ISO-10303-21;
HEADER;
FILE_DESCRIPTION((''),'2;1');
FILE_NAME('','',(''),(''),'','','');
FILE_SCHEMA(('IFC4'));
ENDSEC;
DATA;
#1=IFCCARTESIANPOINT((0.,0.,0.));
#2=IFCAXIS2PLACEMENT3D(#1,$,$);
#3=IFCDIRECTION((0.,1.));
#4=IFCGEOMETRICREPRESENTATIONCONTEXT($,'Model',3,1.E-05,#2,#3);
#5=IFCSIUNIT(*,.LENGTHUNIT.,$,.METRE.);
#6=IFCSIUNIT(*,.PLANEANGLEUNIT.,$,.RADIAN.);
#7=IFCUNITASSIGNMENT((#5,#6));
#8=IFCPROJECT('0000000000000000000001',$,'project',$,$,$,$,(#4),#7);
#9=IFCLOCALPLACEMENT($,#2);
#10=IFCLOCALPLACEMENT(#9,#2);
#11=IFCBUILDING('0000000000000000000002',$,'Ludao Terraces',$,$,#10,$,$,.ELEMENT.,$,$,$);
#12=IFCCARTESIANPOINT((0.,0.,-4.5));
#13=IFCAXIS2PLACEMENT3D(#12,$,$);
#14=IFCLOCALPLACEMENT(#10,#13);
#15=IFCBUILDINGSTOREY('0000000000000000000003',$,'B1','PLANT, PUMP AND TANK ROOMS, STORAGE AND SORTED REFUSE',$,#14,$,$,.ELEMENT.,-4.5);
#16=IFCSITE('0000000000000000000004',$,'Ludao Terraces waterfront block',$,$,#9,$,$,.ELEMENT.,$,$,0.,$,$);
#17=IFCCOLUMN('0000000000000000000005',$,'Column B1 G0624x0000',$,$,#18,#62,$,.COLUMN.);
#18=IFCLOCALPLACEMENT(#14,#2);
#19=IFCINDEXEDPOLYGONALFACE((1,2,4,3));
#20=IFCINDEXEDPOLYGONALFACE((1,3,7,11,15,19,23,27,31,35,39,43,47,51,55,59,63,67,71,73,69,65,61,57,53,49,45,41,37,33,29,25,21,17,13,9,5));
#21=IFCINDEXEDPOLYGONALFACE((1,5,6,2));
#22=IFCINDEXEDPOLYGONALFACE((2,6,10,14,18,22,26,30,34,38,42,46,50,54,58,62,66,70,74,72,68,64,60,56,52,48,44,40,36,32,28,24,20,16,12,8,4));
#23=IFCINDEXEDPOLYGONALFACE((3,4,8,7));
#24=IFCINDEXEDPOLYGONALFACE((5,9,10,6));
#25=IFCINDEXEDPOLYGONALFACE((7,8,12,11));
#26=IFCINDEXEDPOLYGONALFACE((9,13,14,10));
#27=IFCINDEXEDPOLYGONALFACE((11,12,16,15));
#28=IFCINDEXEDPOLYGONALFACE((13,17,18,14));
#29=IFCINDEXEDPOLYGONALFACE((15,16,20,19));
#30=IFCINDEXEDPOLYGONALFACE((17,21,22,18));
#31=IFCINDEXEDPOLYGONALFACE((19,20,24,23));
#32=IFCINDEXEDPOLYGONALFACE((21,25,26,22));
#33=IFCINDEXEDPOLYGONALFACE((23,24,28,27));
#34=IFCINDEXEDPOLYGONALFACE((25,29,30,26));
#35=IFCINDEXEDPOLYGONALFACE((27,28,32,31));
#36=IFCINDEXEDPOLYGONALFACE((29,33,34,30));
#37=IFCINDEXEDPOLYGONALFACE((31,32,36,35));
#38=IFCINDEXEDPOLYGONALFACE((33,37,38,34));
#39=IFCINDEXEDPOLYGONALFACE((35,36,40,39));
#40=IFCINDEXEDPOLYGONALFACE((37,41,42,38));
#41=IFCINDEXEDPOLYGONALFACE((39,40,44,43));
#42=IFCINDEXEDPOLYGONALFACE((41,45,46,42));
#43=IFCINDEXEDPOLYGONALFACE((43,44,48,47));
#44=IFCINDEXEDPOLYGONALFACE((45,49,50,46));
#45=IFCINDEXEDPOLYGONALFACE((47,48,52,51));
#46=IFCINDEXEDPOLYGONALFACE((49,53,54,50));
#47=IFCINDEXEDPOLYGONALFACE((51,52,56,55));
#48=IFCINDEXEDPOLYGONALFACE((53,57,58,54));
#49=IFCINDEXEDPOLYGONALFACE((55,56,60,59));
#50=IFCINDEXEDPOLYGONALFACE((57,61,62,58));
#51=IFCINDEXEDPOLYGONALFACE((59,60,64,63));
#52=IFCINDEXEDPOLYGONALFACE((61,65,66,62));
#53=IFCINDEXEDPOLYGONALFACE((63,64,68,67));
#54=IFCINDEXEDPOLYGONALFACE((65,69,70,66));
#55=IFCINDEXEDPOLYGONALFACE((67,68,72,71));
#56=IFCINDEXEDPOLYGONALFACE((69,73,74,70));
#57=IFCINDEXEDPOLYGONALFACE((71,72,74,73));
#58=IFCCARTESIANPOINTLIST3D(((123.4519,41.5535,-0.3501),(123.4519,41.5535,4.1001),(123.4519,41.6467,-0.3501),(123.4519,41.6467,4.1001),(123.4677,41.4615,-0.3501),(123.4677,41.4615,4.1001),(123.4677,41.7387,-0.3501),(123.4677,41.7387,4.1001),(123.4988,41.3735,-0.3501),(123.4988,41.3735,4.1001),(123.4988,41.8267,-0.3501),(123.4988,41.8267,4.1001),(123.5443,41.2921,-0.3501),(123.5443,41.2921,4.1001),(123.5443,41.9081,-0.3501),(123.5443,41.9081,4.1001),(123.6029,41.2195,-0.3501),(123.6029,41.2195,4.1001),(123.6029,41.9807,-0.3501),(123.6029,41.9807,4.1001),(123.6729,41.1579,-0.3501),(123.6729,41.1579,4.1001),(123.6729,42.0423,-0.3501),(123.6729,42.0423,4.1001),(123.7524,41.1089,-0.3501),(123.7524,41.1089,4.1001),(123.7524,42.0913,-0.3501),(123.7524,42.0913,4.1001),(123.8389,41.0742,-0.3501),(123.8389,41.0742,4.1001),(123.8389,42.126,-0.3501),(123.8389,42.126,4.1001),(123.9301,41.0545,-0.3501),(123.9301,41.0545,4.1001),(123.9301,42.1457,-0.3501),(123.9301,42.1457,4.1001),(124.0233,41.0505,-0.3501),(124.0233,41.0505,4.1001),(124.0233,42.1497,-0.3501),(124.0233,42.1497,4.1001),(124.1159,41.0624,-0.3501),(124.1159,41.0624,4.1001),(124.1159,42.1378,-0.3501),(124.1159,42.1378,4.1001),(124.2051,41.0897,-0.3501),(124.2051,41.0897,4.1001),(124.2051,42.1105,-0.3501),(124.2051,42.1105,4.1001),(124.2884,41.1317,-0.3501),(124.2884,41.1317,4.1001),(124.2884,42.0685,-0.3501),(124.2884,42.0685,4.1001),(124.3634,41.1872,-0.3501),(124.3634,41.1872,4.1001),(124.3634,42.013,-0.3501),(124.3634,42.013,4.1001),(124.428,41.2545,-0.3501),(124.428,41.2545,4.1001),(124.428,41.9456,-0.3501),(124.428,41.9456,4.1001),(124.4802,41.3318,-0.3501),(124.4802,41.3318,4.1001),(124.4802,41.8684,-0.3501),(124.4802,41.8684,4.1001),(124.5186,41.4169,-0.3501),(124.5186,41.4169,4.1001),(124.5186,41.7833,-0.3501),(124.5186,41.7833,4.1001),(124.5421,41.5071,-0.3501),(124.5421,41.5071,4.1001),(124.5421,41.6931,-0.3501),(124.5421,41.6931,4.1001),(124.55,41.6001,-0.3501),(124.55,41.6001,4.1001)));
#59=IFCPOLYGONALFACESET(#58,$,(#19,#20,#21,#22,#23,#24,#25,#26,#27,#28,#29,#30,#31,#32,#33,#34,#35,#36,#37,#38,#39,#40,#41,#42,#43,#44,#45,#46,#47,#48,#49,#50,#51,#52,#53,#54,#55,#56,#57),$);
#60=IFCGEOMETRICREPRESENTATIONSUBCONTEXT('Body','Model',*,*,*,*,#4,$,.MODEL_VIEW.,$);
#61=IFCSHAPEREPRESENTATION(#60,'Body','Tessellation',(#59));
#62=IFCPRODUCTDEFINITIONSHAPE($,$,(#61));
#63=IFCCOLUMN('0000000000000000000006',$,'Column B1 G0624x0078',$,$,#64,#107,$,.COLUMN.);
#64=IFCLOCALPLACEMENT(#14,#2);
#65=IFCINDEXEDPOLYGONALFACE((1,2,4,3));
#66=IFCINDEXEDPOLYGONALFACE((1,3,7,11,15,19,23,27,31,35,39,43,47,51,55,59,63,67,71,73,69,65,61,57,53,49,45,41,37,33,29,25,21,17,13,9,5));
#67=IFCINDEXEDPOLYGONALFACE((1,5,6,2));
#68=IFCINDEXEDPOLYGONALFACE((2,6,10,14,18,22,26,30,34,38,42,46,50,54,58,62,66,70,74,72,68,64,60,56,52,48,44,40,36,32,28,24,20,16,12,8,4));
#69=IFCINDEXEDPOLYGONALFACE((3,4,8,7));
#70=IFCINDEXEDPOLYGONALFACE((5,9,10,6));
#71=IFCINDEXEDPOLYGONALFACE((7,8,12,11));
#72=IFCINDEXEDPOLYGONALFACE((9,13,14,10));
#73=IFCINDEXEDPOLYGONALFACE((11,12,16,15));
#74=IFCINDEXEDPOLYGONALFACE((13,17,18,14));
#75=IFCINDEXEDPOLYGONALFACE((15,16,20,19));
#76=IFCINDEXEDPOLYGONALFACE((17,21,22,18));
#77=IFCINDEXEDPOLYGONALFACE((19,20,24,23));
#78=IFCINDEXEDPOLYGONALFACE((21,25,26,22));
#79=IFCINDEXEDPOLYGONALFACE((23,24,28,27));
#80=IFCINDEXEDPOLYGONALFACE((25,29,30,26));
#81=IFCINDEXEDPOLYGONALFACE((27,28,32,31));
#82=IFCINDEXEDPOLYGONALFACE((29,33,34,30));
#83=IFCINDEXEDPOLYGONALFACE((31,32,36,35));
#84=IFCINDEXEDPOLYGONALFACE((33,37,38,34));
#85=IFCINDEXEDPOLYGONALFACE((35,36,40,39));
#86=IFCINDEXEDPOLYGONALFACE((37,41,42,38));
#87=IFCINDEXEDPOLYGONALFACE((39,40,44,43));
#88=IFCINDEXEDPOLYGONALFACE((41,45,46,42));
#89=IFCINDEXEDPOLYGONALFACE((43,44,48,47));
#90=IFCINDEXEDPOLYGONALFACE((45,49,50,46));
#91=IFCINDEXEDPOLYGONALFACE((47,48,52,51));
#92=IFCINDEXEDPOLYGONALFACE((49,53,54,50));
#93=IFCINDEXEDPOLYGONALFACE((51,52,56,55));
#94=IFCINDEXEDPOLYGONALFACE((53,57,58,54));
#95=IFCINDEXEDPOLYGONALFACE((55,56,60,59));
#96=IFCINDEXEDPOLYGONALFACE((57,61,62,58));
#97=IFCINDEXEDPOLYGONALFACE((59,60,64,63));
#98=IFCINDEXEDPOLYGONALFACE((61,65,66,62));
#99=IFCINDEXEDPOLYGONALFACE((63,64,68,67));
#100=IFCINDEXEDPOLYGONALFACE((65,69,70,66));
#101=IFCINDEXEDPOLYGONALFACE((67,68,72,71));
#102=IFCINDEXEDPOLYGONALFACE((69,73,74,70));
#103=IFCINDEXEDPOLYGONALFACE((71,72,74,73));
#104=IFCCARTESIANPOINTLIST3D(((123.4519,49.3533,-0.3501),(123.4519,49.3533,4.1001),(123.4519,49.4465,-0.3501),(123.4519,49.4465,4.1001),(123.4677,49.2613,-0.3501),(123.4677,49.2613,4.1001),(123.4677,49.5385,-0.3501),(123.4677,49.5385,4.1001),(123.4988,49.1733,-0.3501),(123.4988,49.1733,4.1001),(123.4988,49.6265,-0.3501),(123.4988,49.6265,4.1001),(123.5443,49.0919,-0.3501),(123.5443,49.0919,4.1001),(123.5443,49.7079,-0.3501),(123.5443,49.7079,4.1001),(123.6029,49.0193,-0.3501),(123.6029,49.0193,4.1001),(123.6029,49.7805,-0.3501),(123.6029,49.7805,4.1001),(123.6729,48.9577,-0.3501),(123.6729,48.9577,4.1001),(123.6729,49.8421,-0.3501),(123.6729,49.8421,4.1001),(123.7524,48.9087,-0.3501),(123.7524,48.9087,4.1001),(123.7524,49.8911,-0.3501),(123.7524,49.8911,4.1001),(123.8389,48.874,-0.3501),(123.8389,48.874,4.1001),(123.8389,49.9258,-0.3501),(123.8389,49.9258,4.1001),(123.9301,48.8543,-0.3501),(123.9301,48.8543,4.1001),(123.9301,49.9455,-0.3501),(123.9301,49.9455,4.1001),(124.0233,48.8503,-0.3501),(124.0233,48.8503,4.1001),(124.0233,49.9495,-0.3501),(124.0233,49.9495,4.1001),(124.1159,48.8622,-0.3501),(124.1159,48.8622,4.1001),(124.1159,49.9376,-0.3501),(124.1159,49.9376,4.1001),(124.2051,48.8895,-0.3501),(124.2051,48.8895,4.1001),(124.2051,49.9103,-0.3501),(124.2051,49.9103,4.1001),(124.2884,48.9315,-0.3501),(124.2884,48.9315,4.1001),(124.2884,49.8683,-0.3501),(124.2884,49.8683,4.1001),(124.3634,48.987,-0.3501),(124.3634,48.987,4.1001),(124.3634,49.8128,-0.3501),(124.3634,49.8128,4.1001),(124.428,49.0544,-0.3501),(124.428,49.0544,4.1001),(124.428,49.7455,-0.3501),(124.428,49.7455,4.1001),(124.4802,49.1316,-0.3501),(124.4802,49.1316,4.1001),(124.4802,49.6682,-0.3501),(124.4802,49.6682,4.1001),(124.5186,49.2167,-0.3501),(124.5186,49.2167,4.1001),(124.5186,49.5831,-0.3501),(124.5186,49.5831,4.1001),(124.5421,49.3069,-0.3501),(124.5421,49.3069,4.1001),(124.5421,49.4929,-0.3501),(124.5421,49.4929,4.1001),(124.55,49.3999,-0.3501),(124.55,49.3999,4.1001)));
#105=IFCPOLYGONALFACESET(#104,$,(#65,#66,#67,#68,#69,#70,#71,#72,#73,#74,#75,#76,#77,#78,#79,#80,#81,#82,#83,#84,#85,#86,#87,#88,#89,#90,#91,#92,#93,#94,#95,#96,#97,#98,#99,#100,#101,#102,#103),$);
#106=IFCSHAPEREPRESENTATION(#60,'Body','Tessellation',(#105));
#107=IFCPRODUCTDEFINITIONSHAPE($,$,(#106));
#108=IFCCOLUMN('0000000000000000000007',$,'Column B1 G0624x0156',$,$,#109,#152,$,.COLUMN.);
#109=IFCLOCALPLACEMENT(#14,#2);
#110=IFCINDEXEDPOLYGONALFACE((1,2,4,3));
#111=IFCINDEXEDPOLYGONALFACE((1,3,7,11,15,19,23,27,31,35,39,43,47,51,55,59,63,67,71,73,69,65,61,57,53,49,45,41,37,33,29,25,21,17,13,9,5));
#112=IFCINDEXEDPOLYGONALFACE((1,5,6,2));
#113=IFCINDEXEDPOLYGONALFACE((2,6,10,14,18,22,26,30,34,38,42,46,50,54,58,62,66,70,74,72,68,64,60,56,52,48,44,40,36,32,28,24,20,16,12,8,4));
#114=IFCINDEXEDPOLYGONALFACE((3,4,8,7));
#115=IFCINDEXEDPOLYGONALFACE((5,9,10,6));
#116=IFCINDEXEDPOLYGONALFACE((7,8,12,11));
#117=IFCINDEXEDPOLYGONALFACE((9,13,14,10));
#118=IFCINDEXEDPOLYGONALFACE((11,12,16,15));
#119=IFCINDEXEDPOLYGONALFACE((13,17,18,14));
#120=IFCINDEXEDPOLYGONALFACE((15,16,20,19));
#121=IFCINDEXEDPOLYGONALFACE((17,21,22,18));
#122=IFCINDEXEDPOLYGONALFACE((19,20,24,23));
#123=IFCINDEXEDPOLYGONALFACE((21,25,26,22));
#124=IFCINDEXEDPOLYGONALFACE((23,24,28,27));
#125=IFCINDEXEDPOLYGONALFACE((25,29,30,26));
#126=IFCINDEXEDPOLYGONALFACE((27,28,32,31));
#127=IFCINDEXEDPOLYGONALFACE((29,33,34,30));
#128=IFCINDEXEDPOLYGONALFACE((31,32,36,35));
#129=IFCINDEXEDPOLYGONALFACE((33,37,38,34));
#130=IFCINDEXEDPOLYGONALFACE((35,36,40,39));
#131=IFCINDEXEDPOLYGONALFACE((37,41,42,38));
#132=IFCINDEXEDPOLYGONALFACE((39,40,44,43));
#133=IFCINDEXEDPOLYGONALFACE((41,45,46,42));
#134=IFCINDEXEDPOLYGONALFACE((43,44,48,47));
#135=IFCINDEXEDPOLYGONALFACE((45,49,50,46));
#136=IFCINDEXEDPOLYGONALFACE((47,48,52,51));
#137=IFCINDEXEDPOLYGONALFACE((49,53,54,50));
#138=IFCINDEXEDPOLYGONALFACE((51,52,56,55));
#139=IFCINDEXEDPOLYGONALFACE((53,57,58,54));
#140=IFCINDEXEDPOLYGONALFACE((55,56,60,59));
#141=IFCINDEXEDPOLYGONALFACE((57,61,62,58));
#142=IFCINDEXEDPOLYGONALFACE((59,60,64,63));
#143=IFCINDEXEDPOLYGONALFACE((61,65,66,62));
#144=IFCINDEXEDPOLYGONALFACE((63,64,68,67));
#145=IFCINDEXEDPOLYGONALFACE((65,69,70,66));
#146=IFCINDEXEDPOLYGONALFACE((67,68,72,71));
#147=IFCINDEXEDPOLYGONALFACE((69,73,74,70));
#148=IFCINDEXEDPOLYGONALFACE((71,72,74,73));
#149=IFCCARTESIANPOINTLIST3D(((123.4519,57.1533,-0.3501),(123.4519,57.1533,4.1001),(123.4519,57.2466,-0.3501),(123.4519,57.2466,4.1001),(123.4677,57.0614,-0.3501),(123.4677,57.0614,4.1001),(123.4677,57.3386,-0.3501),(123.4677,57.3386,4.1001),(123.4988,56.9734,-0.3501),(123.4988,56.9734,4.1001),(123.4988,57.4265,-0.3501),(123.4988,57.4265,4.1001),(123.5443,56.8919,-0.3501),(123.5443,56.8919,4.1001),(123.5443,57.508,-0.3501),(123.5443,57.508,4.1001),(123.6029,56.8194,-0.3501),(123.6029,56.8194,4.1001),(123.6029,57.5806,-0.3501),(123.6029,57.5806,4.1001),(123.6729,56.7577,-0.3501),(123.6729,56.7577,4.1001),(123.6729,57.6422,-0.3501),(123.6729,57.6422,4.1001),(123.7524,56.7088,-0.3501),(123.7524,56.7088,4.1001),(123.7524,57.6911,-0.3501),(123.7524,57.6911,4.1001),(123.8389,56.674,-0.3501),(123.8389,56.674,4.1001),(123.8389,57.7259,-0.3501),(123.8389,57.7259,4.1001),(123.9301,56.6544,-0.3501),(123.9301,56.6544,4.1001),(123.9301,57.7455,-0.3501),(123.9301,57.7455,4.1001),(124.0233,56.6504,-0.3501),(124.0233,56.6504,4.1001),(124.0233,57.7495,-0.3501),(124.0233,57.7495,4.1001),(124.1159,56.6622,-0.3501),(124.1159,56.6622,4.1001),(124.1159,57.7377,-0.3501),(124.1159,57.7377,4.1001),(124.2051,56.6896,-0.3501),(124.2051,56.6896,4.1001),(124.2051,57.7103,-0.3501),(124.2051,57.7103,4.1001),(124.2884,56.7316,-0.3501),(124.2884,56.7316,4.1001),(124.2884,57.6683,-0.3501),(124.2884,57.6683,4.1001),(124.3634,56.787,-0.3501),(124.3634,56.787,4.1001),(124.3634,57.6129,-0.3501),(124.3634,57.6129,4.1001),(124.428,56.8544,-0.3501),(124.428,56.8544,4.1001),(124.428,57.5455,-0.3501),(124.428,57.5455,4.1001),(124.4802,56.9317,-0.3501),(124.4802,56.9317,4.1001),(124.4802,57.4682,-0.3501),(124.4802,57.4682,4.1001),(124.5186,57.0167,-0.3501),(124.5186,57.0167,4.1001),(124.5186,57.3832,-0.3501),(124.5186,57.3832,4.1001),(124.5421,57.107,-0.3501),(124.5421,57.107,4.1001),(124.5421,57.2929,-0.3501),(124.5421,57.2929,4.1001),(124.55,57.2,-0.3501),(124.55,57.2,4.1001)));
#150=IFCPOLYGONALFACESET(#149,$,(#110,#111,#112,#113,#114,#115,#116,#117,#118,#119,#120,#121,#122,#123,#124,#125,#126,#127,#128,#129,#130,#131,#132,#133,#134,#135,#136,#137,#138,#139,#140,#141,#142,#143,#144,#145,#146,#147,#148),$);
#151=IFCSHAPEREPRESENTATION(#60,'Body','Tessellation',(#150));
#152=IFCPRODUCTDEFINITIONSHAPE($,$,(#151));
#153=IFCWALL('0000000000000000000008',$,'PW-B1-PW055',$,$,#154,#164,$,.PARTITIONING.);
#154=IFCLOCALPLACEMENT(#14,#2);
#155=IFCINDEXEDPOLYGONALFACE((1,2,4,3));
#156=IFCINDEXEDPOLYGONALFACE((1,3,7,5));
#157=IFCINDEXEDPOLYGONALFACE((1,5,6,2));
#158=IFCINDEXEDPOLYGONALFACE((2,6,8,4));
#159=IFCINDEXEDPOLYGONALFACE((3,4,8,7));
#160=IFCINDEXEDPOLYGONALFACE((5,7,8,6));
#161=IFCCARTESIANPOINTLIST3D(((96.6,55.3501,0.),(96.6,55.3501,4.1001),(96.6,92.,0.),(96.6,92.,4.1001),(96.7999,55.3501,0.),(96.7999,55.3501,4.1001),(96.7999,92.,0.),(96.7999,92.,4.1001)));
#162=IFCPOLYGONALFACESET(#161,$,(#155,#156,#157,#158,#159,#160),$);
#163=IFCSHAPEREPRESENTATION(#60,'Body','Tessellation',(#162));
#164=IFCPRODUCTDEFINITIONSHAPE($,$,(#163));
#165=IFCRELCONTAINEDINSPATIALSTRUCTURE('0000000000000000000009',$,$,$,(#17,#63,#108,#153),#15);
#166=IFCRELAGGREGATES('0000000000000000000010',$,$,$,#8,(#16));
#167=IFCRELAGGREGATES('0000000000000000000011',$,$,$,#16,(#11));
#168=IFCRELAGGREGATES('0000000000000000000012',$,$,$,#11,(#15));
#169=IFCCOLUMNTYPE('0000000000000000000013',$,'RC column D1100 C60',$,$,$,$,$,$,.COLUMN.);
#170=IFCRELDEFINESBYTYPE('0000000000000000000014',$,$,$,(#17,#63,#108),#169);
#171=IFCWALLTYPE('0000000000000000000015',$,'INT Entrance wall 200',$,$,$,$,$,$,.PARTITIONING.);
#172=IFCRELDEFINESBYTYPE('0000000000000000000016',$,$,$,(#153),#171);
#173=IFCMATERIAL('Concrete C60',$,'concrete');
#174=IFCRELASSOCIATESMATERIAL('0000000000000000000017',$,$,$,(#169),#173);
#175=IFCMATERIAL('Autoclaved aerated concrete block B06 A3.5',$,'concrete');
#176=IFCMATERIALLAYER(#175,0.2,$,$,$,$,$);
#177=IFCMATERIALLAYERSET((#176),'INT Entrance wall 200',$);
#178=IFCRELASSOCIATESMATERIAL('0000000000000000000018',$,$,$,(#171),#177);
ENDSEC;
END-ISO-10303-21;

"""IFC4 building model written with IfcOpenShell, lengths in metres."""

from ifc_helpers import new_model, si_unit, direction, frame, frame_2d, origin, origin_2d, place, context, subcontext, project, spatial, rectangle, circle, extrude, material, layer, layer_set, material_profile, profile_set, type_object, element, save


model = new_model("IFC4")

# Units and contexts
model_context = context("Model", 3, precision=1e-05, world=origin(), true_north=direction((0.0, 1.0)))
body_context = subcontext(model_context, "Body", "Model", "MODEL_VIEW")
ifc_project = project(units=[si_unit("LENGTHUNIT", "METRE"), si_unit("PLANEANGLEUNIT", "RADIAN")], contexts=[model_context])

# Site, building, storey
site_placement = place(None, origin())
site = spatial("IfcSite", under=ifc_project, at=site_placement, Name="Ludao Terraces waterfront block", CompositionType="ELEMENT", RefElevation=0.0)
building_placement = place(site_placement, origin())
building = spatial("IfcBuilding", under=site, at=building_placement, Name="Ludao Terraces", CompositionType="ELEMENT")
storey_placement = place(building_placement, frame((0.0, 0.0, -4.5)))
storey = spatial("IfcBuildingStorey", under=building, at=storey_placement, Name="B1", Description="PLANT, PUMP AND TANK ROOMS, STORAGE AND SORTED REFUSE", CompositionType="ELEMENT", Elevation=-4.5)

# Columns
ifc_material_1 = material(Name="Concrete C60", Category="concrete")
ifc_material_profile_1 = material_profile(ifc_material_1, circle(Radius=0.55, at=origin_2d()), Name="D1100")
ifc_profile_set_1 = profile_set([ifc_material_profile_1], Name="Concrete C60")
column_type_1 = type_object("IfcColumnType", Name="RC column D1100 C60", PredefinedType="COLUMN", material=ifc_profile_set_1)
for number, where, z_axis, x_axis, name in (
    (1, (124.0, 41.6001, -0.3501), (0.0, 0.0, 1.0), (1.0, 0.0, 0.0), "Column B1 G0624x0000"),
    (2, (124.0, 49.3999, -0.3501), (0.0, 0.0, 1.0), (1.0, 0.0, 0.0), "Column B1 G0624x0078"),
    (3, (124.0, 57.2, -0.3501), (0.0, 0.0, 1.0), (1.0, 0.0, 0.0), "Column B1 G0624x0156"),
):
    element("IfcColumn", number, at=place(storey_placement, frame(where, z_axis=z_axis, x_axis=x_axis)), inside=storey, type_object=column_type_1, Name=name, PredefinedType="COLUMN", context=body_context, shape_type="SweptSolid", body=[
        extrude(circle(Radius=0.55, at=origin_2d()), origin(), (0.0, 0.0, 1.0), 4.4502),
    ])

# Wall
ifc_material_2 = material(Name="Autoclaved aerated concrete block B06 A3.5", Category="concrete")
ifc_layer_1 = layer(ifc_material_2, 0.2)
ifc_layer_set_1 = layer_set([ifc_layer_1], Name="INT Entrance wall 200")
wall_type_1 = type_object("IfcWallType", Name="INT Entrance wall 200", PredefinedType="PARTITIONING", material=ifc_layer_set_1)
wall_1_placement = place(storey_placement, frame((96.7, 55.3501, 0.0), z_axis=(0.0, 0.0, 1.0), x_axis=(0.0, 1.0, 0.0)))
element("IfcWall", 4, at=wall_1_placement, inside=storey, type_object=wall_type_1, Name="PW-B1-PW055", PredefinedType="PARTITIONING", context=body_context, shape_type="SweptSolid", body=[
    extrude(rectangle(XDim=36.6499, YDim=0.2, at=frame_2d((18.325, 0.0))), origin(), (0.0, 0.0, 1.0), 4.1001),
])

save(model, "model.ifc")
